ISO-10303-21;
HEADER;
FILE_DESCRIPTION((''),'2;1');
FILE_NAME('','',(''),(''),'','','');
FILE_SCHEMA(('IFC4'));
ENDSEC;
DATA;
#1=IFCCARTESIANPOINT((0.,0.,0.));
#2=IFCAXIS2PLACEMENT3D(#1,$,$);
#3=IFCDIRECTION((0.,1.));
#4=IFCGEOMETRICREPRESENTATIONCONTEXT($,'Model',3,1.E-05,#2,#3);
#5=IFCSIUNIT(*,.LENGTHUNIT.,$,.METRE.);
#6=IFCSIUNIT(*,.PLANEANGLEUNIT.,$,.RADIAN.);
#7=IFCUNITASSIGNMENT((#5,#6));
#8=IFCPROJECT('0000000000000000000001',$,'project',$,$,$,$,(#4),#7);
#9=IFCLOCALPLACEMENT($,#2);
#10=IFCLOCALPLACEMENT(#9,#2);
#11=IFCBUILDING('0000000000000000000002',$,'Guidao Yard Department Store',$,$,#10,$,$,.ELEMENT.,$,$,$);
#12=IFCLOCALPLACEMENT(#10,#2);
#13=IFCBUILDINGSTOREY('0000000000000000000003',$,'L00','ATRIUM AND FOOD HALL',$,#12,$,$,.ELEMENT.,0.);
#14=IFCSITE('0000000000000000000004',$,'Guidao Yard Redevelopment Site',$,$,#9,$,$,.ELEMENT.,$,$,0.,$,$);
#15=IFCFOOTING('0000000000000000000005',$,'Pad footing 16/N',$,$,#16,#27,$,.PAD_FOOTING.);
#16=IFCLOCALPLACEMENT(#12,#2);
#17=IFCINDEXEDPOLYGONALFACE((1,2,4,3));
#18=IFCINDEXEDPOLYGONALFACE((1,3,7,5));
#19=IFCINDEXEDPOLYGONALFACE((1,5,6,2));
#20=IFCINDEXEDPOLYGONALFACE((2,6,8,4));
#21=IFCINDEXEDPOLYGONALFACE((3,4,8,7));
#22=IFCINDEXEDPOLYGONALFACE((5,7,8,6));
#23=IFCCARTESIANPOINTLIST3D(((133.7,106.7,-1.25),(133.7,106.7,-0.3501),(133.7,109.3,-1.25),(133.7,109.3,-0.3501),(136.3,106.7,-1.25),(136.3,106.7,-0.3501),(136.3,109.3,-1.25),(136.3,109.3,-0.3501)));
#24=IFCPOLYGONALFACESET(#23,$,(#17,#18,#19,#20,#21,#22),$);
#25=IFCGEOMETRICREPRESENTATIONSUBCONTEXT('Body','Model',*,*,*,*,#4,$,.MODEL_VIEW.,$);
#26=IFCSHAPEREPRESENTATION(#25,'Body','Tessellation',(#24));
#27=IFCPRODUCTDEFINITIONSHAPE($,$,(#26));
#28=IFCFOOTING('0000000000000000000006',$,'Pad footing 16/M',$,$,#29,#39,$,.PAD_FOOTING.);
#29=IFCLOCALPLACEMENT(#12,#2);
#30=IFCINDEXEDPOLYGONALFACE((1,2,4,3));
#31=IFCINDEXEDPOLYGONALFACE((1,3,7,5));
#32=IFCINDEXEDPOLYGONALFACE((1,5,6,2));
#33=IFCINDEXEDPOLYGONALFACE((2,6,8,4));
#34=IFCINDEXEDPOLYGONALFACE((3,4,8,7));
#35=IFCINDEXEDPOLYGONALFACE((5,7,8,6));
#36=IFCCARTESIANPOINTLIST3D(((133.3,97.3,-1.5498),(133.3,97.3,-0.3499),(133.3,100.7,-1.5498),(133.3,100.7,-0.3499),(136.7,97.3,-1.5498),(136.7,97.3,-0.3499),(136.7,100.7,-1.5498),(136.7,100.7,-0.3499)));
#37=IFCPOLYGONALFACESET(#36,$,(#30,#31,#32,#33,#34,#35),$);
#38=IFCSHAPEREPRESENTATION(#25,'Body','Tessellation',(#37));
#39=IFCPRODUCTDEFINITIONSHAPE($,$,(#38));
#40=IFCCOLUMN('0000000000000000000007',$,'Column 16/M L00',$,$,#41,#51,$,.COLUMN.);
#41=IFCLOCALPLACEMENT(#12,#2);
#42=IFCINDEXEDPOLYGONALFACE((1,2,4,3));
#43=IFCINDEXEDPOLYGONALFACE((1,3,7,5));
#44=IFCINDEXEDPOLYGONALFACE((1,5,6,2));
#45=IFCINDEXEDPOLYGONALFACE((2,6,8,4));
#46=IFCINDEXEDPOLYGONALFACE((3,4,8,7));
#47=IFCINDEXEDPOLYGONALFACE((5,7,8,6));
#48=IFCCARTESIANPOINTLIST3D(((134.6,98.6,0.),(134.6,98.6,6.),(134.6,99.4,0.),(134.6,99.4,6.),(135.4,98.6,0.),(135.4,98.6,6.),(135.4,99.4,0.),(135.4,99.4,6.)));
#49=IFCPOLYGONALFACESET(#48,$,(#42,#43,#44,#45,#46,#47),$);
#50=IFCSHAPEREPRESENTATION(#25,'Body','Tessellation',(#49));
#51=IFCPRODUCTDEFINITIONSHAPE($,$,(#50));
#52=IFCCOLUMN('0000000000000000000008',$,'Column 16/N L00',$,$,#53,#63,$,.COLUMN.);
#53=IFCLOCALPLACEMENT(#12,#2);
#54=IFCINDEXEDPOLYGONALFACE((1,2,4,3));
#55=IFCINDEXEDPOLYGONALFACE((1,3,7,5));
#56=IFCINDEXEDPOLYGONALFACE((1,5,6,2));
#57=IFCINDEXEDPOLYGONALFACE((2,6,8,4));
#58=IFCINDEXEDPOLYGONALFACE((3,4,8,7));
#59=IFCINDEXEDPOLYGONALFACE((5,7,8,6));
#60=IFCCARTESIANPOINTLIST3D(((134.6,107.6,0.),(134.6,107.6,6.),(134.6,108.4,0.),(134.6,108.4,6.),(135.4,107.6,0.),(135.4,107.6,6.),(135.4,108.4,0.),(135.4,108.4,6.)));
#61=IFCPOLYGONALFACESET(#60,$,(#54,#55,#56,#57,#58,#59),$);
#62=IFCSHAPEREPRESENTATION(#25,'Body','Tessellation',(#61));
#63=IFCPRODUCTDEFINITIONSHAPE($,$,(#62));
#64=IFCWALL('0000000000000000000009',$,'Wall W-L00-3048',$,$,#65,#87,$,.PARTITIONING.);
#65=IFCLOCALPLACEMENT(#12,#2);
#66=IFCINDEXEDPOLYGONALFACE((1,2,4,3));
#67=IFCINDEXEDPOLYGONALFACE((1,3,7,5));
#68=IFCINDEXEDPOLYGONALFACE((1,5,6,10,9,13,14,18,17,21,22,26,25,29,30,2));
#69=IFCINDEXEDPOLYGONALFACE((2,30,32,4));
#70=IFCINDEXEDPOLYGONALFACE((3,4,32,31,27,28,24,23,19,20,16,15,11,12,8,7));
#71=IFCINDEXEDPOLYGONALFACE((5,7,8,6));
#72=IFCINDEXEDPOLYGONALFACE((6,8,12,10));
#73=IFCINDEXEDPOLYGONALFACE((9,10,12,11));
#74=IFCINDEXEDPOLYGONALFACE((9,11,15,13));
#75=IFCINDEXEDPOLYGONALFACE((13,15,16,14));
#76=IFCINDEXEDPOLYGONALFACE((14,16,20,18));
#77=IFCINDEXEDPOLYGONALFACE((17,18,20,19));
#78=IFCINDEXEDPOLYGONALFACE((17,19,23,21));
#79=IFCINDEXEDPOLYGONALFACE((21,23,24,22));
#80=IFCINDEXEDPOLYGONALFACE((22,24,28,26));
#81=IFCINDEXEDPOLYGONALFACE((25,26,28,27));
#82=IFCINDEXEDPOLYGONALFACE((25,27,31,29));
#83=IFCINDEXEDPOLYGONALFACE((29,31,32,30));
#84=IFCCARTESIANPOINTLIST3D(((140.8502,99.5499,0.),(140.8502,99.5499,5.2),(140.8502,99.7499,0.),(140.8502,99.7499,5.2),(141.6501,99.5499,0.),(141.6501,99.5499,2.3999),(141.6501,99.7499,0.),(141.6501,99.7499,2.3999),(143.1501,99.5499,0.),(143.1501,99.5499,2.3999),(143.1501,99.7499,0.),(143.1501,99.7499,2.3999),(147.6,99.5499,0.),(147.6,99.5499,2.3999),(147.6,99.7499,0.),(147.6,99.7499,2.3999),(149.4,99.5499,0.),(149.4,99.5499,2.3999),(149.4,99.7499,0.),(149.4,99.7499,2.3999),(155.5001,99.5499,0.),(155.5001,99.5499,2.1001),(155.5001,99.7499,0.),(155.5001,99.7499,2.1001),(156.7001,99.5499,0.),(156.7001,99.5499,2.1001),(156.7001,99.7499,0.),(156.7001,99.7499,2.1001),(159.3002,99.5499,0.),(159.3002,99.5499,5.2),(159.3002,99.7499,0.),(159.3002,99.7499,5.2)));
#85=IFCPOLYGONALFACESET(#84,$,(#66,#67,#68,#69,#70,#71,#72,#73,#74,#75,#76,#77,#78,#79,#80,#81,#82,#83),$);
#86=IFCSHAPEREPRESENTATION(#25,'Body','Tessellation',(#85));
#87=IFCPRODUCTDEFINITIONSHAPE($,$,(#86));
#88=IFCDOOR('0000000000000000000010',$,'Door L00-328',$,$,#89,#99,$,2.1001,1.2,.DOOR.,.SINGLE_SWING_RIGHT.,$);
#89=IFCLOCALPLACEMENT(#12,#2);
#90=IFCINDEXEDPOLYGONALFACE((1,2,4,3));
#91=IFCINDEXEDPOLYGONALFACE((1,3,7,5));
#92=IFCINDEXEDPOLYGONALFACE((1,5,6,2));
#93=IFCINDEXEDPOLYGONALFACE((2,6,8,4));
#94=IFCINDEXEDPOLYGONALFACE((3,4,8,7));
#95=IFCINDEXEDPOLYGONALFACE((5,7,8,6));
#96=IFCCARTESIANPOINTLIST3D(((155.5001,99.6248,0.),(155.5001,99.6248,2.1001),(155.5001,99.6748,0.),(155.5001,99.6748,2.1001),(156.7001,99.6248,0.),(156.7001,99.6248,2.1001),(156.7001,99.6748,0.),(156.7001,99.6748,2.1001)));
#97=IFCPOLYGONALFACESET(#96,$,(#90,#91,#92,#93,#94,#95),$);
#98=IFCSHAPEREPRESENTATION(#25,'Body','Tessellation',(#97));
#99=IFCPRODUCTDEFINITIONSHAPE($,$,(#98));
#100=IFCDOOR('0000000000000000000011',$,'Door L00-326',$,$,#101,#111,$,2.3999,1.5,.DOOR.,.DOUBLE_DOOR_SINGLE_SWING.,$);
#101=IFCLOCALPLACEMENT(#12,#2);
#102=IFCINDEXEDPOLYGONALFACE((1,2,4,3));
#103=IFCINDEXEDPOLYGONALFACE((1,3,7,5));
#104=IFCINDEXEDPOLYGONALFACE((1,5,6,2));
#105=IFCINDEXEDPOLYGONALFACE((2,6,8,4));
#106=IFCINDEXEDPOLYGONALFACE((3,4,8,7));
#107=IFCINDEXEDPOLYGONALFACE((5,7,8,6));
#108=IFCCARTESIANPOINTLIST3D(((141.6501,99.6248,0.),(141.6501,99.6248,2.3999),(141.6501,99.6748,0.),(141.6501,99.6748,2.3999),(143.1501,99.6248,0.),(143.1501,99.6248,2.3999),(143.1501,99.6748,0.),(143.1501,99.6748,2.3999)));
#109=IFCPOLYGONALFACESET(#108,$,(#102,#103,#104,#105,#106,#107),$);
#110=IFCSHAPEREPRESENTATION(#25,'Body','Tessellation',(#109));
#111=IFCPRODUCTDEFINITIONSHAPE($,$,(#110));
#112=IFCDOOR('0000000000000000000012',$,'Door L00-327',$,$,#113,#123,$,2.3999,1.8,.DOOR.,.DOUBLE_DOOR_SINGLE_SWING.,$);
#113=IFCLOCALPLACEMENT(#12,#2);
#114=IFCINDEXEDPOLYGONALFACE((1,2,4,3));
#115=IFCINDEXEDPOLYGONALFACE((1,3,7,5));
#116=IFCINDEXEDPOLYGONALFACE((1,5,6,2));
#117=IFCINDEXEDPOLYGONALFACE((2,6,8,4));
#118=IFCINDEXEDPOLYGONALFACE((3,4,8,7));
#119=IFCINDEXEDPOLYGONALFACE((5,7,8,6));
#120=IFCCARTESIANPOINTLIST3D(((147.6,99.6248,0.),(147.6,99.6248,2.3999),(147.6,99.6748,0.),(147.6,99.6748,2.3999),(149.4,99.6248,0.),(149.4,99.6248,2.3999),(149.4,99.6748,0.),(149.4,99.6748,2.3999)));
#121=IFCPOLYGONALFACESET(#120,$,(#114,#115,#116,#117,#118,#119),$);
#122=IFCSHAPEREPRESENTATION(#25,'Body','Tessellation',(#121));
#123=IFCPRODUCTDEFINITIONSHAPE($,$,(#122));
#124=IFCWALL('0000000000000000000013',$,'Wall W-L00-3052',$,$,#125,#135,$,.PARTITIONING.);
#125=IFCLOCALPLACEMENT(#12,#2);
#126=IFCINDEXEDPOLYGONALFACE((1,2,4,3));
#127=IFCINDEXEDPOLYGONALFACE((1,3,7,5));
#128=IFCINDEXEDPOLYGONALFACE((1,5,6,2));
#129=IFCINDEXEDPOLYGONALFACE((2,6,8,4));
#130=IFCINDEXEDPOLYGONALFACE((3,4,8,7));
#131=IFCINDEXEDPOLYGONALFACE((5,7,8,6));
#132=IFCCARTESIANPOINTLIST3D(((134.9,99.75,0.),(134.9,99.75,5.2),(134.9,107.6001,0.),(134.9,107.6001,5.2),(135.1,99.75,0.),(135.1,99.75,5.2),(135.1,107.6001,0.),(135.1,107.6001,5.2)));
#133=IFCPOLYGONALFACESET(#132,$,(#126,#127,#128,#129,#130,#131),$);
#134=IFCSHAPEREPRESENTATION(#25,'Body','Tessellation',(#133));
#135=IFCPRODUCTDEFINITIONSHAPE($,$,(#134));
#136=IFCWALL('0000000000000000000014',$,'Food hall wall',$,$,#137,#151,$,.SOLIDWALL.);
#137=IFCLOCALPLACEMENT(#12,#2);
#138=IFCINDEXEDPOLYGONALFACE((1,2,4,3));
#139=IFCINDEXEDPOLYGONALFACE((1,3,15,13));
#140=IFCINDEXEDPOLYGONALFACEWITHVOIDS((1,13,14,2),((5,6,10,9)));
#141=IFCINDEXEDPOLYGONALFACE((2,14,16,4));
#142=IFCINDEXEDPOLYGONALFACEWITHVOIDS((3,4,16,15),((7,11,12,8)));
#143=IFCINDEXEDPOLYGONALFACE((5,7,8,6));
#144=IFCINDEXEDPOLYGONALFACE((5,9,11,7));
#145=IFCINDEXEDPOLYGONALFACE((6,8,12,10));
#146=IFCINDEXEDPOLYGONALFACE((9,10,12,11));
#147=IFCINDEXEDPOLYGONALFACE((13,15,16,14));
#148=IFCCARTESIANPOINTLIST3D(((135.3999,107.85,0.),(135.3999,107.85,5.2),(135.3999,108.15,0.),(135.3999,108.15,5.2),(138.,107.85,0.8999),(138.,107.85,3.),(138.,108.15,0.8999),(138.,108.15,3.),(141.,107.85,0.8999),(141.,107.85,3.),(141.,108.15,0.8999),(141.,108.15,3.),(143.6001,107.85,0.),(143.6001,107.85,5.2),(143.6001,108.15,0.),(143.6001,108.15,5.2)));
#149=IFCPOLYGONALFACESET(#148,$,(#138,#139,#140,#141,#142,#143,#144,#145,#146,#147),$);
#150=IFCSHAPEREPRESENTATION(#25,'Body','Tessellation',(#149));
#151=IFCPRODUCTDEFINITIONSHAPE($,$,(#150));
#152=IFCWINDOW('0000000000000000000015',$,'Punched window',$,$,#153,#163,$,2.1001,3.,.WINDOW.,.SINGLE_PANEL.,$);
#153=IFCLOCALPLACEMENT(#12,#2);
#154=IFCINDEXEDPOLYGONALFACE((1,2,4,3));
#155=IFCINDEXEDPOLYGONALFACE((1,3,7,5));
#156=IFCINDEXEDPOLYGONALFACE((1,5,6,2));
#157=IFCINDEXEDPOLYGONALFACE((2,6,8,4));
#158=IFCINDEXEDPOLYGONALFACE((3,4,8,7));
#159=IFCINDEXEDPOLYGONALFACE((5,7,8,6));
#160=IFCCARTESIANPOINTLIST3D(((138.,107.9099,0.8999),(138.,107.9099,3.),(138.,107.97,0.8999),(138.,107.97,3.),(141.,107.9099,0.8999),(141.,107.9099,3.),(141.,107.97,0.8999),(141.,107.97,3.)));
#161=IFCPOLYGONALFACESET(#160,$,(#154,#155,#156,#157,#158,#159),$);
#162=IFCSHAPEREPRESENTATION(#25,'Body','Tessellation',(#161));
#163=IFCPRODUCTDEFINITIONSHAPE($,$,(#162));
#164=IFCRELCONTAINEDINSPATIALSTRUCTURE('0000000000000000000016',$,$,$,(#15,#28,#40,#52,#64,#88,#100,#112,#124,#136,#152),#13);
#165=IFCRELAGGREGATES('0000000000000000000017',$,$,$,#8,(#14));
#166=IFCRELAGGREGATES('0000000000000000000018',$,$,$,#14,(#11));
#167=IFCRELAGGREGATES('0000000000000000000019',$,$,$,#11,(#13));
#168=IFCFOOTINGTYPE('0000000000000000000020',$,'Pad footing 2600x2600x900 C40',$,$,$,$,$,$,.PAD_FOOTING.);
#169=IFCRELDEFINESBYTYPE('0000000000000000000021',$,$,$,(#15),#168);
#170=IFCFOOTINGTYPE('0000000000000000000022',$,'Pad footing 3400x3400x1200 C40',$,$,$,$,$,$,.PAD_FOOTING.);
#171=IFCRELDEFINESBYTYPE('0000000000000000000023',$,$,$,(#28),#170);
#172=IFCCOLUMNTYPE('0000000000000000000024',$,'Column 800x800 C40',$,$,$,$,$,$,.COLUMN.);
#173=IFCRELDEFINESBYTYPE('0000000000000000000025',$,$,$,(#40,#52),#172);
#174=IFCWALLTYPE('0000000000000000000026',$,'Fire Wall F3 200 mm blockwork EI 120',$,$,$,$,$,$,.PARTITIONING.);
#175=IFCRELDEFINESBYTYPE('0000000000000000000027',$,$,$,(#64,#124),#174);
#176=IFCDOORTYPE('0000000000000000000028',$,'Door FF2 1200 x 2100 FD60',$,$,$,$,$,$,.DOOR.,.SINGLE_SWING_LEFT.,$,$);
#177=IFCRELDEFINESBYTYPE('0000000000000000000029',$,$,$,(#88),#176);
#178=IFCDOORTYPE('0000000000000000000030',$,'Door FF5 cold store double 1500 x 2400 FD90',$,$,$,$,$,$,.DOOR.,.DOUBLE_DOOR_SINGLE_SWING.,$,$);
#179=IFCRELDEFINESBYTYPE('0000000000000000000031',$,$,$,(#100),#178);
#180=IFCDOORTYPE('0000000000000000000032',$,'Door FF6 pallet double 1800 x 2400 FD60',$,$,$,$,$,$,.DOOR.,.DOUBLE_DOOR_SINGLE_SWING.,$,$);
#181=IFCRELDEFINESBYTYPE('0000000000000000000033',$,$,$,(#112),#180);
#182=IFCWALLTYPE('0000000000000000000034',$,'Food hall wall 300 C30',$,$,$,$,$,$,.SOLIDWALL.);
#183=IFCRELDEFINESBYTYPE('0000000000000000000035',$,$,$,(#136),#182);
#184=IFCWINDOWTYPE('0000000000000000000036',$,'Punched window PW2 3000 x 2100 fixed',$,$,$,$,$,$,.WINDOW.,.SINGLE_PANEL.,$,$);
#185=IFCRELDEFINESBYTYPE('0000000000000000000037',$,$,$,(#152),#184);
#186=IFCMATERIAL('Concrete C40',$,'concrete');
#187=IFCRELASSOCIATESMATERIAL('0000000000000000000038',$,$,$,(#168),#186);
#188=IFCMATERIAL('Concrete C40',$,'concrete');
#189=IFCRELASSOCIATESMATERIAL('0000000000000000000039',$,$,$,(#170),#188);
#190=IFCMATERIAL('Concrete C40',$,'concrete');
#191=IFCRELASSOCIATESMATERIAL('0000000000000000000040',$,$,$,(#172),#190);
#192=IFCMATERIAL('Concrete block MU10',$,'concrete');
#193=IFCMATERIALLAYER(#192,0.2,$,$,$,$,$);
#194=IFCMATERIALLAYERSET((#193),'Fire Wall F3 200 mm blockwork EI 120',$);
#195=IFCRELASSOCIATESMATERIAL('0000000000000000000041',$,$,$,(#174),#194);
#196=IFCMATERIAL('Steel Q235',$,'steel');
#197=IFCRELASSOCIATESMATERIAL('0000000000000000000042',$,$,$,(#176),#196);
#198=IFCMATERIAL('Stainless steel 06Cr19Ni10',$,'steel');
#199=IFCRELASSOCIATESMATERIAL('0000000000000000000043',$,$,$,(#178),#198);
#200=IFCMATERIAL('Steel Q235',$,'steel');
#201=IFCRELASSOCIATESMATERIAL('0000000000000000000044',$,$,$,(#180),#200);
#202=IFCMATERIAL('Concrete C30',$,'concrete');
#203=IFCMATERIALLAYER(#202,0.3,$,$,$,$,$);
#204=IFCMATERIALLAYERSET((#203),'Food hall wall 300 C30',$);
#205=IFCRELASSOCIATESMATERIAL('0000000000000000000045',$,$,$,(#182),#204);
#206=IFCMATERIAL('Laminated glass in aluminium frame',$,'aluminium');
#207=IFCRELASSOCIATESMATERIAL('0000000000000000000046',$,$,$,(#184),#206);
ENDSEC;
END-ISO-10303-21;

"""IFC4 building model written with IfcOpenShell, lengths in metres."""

from ifc_helpers import new_model, si_unit, direction, frame, frame_2d, origin, origin_2d, place, context, subcontext, project, spatial, rectangle, extrude, material, layer, layer_set, material_profile, profile_set, type_object, element, fill, save


model = new_model("IFC4")

# Units and contexts
model_context = context("Model", 3, precision=1e-05, world=origin(), true_north=direction((0.0, 1.0)))
body_context = subcontext(model_context, "Body", "Model", "MODEL_VIEW")
ifc_project = project(units=[si_unit("LENGTHUNIT", "METRE"), si_unit("PLANEANGLEUNIT", "RADIAN")], contexts=[model_context])

# Site, building, storey
site_placement = place(None, origin())
site = spatial("IfcSite", under=ifc_project, at=site_placement, Name="Guidao Yard Redevelopment Site", CompositionType="ELEMENT", RefElevation=0.0)
building_placement = place(site_placement, origin())
building = spatial("IfcBuilding", under=site, at=building_placement, Name="Guidao Yard Department Store", CompositionType="ELEMENT")
storey_placement = place(building_placement, origin())
storey = spatial("IfcBuildingStorey", under=building, at=storey_placement, Name="L00", Description="ATRIUM AND FOOD HALL", CompositionType="ELEMENT", Elevation=0.0)

# Footings
ifc_material_1 = material(Name="Concrete C40", Category="concrete")
footing_type_1 = type_object("IfcFootingType", Name="Pad footing 2600x2600x900 C40", PredefinedType="PAD_FOOTING", material=ifc_material_1)
footing_1_placement = place(storey_placement, frame((135.0, 108.0, -1.25), z_axis=(0.0, 0.0, 1.0), x_axis=(1.0, 0.0, 0.0)))
element("IfcFooting", 1, at=footing_1_placement, inside=storey, type_object=footing_type_1, Name="Pad footing 16/N", PredefinedType="PAD_FOOTING", context=body_context, shape_type="SweptSolid", body=[
    extrude(rectangle(XDim=2.6001, YDim=2.6001, at=origin_2d()), origin(), (0.0, 0.0, 1.0), 0.8999),
])
ifc_material_2 = material(Name="Concrete C40", Category="concrete")
footing_type_2 = type_object("IfcFootingType", Name="Pad footing 3400x3400x1200 C40", PredefinedType="PAD_FOOTING", material=ifc_material_2)
footing_2_placement = place(storey_placement, frame((135.0, 99.0, -1.5498), z_axis=(0.0, 0.0, 1.0), x_axis=(1.0, 0.0, 0.0)))
element("IfcFooting", 2, at=footing_2_placement, inside=storey, type_object=footing_type_2, Name="Pad footing 16/M", PredefinedType="PAD_FOOTING", context=body_context, shape_type="SweptSolid", body=[
    extrude(rectangle(XDim=3.3999, YDim=3.3999, at=origin_2d()), origin(), (0.0, 0.0, 1.0), 1.2),
])

# Columns
ifc_material_3 = material(Name="Concrete C40", Category="concrete")
ifc_material_profile = material_profile(ifc_material_3, rectangle(XDim=0.8, YDim=0.8, at=origin_2d()), Name="COL 800x800")
ifc_profile_set = profile_set([ifc_material_profile], Name="Concrete C40")
column_type = type_object("IfcColumnType", Name="Column 800x800 C40", PredefinedType="COLUMN", material=ifc_profile_set)
for number, where, z_axis, x_axis, name in (
    (3, (135.0, 99.0, 0.0), (0.0, 0.0, 1.0), (1.0, 0.0, 0.0), "Column 16/M L00"),
    (4, (135.0, 108.0, 0.0), (0.0, 0.0, 1.0), (1.0, 0.0, 0.0), "Column 16/N L00"),
):
    element("IfcColumn", number, at=place(storey_placement, frame(where, z_axis=z_axis, x_axis=x_axis)), inside=storey, type_object=column_type, Name=name, PredefinedType="COLUMN", context=body_context, shape_type="SweptSolid", body=[
        extrude(rectangle(XDim=0.8, YDim=0.8, at=origin_2d()), origin(), (0.0, 0.0, 1.0), 6.0),
    ])

# Wall, openings, doors
ifc_material_4 = material(Name="Concrete block MU10", Category="concrete")
ifc_layer_1 = layer(ifc_material_4, 0.2)
ifc_layer_set_1 = layer_set([ifc_layer_1], Name="Fire Wall F3 200 mm blockwork EI 120")
wall_type_1 = type_object("IfcWallType", Name="Fire Wall F3 200 mm blockwork EI 120", PredefinedType="PARTITIONING", material=ifc_layer_set_1)
wall_1_placement = place(storey_placement, frame((140.8501, 99.6499, 0.0), z_axis=(0.0, 0.0, 1.0), x_axis=(1.0, 0.0, 0.0)))
wall_1 = element("IfcWall", 5, at=wall_1_placement, inside=storey, type_object=wall_type_1, Name="Wall W-L00-3048", PredefinedType="PARTITIONING", context=body_context, shape_type="SweptSolid", body=[
    extrude(rectangle(XDim=18.45, YDim=0.2, at=frame_2d((9.2251, 0.0))), origin(), (0.0, 0.0, 1.0), 5.2),
])
opening_1_placement = place(wall_1_placement, frame((0.8, 0.0, 0.0)))
opening_1 = element("IfcOpeningElement", 6, at=opening_1_placement, cuts=wall_1, PredefinedType="OPENING", context=body_context, shape_type="SweptSolid", body=[
    extrude(rectangle(XDim=1.5, YDim=2.3999, at=frame_2d((0.75, 1.2))), frame((0.0, 0.1099, 0.0), z_axis=(0.0, -1.0, 0.0), x_axis=(1.0, 0.0, 0.0)), (0.0, 0.0, 1.0), 0.22),
])
opening_2_placement = place(wall_1_placement, frame((6.75, 0.0, 0.0)))
opening_2 = element("IfcOpeningElement", 7, at=opening_2_placement, cuts=wall_1, PredefinedType="OPENING", context=body_context, shape_type="SweptSolid", body=[
    extrude(rectangle(XDim=1.8, YDim=2.3999, at=frame_2d((0.8999, 1.2))), frame((0.0, 0.1099, 0.0), z_axis=(0.0, -1.0, 0.0), x_axis=(1.0, 0.0, 0.0)), (0.0, 0.0, 1.0), 0.22),
])
opening_3_placement = place(wall_1_placement, frame((14.6499, 0.0, 0.0)))
opening_3 = element("IfcOpeningElement", 8, at=opening_3_placement, cuts=wall_1, PredefinedType="OPENING", context=body_context, shape_type="SweptSolid", body=[
    extrude(rectangle(XDim=1.2, YDim=2.1001, at=frame_2d((0.6001, 1.05))), frame((0.0, 0.1099, 0.0), z_axis=(0.0, -1.0, 0.0), x_axis=(1.0, 0.0, 0.0)), (0.0, 0.0, 1.0), 0.22),
])
ifc_material_5 = material(Name="Steel Q235", Category="steel")
door_type_1 = type_object("IfcDoorType", Name="Door FF2 1200 x 2100 FD60", OperationType="SINGLE_SWING_LEFT", PredefinedType="DOOR", material=ifc_material_5)
door_1_placement = place(opening_3_placement, origin())
door_1 = element("IfcDoor", 9, at=door_1_placement, inside=storey, type_object=door_type_1, Name="Door L00-328", OperationType="SINGLE_SWING_RIGHT", OverallHeight=2.1001, OverallWidth=1.2, PredefinedType="DOOR", context=body_context, shape_type="SweptSolid", body=[
    extrude(rectangle(XDim=1.2, YDim=2.1001, at=frame_2d((0.6001, 1.05))), frame((0.0, 0.0249, 0.0), z_axis=(0.0, -1.0, 0.0), x_axis=(1.0, 0.0, 0.0)), (0.0, 0.0, 1.0), 0.05),
])
fill(opening_3, door_1)
ifc_material_6 = material(Name="Stainless steel 06Cr19Ni10", Category="steel")
door_type_2 = type_object("IfcDoorType", Name="Door FF5 cold store double 1500 x 2400 FD90", OperationType="DOUBLE_DOOR_SINGLE_SWING", PredefinedType="DOOR", material=ifc_material_6)
door_2_placement = place(opening_1_placement, origin())
door_2 = element("IfcDoor", 10, at=door_2_placement, inside=storey, type_object=door_type_2, Name="Door L00-326", OperationType="DOUBLE_DOOR_SINGLE_SWING", OverallHeight=2.3999, OverallWidth=1.5, PredefinedType="DOOR", context=body_context, shape_type="SweptSolid", body=[
    extrude(rectangle(XDim=1.5, YDim=2.3999, at=frame_2d((0.75, 1.2))), frame((0.0, 0.0249, 0.0), z_axis=(0.0, -1.0, 0.0), x_axis=(1.0, 0.0, 0.0)), (0.0, 0.0, 1.0), 0.05),
])
fill(opening_1, door_2)
ifc_material_7 = material(Name="Steel Q235", Category="steel")
door_type_3 = type_object("IfcDoorType", Name="Door FF6 pallet double 1800 x 2400 FD60", OperationType="DOUBLE_DOOR_SINGLE_SWING", PredefinedType="DOOR", material=ifc_material_7)
door_3_placement = place(opening_2_placement, origin())
door_3 = element("IfcDoor", 11, at=door_3_placement, inside=storey, type_object=door_type_3, Name="Door L00-327", OperationType="DOUBLE_DOOR_SINGLE_SWING", OverallHeight=2.3999, OverallWidth=1.8, PredefinedType="DOOR", context=body_context, shape_type="SweptSolid", body=[
    extrude(rectangle(XDim=1.8, YDim=2.3999, at=frame_2d((0.8999, 1.2))), frame((0.0, 0.0249, 0.0), z_axis=(0.0, -1.0, 0.0), x_axis=(1.0, 0.0, 0.0)), (0.0, 0.0, 1.0), 0.05),
])
fill(opening_2, door_3)

# Wall
wall_2_placement = place(storey_placement, frame((135.0, 99.75, 0.0), z_axis=(0.0, 0.0, 1.0), x_axis=(0.0, 1.0, 0.0)))
element("IfcWall", 12, at=wall_2_placement, inside=storey, type_object=wall_type_1, Name="Wall W-L00-3052", PredefinedType="PARTITIONING", context=body_context, shape_type="SweptSolid", body=[
    extrude(rectangle(XDim=7.8501, YDim=0.2, at=frame_2d((3.925, 0.0))), origin(), (0.0, 0.0, 1.0), 5.2),
])

# Wall, opening, window
ifc_material_8 = material(Name="Concrete C30", Category="concrete")
ifc_layer_2 = layer(ifc_material_8, 0.3)
ifc_layer_set_2 = layer_set([ifc_layer_2], Name="Food hall wall 300 C30")
wall_type_2 = type_object("IfcWallType", Name="Food hall wall 300 C30", PredefinedType="SOLIDWALL", material=ifc_layer_set_2)
wall_3_placement = place(storey_placement, frame((135.3999, 108.0, 0.0), z_axis=(0.0, 0.0, 1.0), x_axis=(1.0, 0.0, 0.0)))
wall_3 = element("IfcWall", 13, at=wall_3_placement, inside=storey, type_object=wall_type_2, Name="Food hall wall", PredefinedType="SOLIDWALL", context=body_context, shape_type="SweptSolid", body=[
    extrude(rectangle(XDim=8.2002, YDim=0.3, at=frame_2d((4.1001, 0.0))), origin(), (0.0, 0.0, 1.0), 5.2),
])
opening_4_placement = place(wall_3_placement, frame((2.6001, 0.0, 0.8999)))
opening_4 = element("IfcOpeningElement", 14, at=opening_4_placement, cuts=wall_3, PredefinedType="OPENING", context=body_context, shape_type="SweptSolid", body=[
    extrude(rectangle(XDim=3.0, YDim=2.1001, at=frame_2d((1.5, 1.05))), frame((0.0, 0.1599, 0.0), z_axis=(0.0, -1.0, 0.0), x_axis=(1.0, 0.0, 0.0)), (0.0, 0.0, 1.0), 0.3201),
])
ifc_material_9 = material(Name="Laminated glass in aluminium frame", Category="aluminium")
window_type = type_object("IfcWindowType", Name="Punched window PW2 3000 x 2100 fixed", PartitioningType="SINGLE_PANEL", PredefinedType="WINDOW", material=ifc_material_9)
window_placement = place(opening_4_placement, origin())
window = element("IfcWindow", 15, at=window_placement, inside=storey, type_object=window_type, Name="Punched window", OverallHeight=2.1001, OverallWidth=3.0, PartitioningType="SINGLE_PANEL", PredefinedType="WINDOW", context=body_context, shape_type="SweptSolid", body=[
    extrude(rectangle(XDim=3.0, YDim=2.1001, at=frame_2d((1.5, 1.05))), frame((0.0, -0.03, 0.0), z_axis=(0.0, -1.0, 0.0), x_axis=(1.0, 0.0, 0.0)), (0.0, 0.0, 1.0), 0.0601),
])
fill(opening_4, window)

save(model, "model.ifc")
